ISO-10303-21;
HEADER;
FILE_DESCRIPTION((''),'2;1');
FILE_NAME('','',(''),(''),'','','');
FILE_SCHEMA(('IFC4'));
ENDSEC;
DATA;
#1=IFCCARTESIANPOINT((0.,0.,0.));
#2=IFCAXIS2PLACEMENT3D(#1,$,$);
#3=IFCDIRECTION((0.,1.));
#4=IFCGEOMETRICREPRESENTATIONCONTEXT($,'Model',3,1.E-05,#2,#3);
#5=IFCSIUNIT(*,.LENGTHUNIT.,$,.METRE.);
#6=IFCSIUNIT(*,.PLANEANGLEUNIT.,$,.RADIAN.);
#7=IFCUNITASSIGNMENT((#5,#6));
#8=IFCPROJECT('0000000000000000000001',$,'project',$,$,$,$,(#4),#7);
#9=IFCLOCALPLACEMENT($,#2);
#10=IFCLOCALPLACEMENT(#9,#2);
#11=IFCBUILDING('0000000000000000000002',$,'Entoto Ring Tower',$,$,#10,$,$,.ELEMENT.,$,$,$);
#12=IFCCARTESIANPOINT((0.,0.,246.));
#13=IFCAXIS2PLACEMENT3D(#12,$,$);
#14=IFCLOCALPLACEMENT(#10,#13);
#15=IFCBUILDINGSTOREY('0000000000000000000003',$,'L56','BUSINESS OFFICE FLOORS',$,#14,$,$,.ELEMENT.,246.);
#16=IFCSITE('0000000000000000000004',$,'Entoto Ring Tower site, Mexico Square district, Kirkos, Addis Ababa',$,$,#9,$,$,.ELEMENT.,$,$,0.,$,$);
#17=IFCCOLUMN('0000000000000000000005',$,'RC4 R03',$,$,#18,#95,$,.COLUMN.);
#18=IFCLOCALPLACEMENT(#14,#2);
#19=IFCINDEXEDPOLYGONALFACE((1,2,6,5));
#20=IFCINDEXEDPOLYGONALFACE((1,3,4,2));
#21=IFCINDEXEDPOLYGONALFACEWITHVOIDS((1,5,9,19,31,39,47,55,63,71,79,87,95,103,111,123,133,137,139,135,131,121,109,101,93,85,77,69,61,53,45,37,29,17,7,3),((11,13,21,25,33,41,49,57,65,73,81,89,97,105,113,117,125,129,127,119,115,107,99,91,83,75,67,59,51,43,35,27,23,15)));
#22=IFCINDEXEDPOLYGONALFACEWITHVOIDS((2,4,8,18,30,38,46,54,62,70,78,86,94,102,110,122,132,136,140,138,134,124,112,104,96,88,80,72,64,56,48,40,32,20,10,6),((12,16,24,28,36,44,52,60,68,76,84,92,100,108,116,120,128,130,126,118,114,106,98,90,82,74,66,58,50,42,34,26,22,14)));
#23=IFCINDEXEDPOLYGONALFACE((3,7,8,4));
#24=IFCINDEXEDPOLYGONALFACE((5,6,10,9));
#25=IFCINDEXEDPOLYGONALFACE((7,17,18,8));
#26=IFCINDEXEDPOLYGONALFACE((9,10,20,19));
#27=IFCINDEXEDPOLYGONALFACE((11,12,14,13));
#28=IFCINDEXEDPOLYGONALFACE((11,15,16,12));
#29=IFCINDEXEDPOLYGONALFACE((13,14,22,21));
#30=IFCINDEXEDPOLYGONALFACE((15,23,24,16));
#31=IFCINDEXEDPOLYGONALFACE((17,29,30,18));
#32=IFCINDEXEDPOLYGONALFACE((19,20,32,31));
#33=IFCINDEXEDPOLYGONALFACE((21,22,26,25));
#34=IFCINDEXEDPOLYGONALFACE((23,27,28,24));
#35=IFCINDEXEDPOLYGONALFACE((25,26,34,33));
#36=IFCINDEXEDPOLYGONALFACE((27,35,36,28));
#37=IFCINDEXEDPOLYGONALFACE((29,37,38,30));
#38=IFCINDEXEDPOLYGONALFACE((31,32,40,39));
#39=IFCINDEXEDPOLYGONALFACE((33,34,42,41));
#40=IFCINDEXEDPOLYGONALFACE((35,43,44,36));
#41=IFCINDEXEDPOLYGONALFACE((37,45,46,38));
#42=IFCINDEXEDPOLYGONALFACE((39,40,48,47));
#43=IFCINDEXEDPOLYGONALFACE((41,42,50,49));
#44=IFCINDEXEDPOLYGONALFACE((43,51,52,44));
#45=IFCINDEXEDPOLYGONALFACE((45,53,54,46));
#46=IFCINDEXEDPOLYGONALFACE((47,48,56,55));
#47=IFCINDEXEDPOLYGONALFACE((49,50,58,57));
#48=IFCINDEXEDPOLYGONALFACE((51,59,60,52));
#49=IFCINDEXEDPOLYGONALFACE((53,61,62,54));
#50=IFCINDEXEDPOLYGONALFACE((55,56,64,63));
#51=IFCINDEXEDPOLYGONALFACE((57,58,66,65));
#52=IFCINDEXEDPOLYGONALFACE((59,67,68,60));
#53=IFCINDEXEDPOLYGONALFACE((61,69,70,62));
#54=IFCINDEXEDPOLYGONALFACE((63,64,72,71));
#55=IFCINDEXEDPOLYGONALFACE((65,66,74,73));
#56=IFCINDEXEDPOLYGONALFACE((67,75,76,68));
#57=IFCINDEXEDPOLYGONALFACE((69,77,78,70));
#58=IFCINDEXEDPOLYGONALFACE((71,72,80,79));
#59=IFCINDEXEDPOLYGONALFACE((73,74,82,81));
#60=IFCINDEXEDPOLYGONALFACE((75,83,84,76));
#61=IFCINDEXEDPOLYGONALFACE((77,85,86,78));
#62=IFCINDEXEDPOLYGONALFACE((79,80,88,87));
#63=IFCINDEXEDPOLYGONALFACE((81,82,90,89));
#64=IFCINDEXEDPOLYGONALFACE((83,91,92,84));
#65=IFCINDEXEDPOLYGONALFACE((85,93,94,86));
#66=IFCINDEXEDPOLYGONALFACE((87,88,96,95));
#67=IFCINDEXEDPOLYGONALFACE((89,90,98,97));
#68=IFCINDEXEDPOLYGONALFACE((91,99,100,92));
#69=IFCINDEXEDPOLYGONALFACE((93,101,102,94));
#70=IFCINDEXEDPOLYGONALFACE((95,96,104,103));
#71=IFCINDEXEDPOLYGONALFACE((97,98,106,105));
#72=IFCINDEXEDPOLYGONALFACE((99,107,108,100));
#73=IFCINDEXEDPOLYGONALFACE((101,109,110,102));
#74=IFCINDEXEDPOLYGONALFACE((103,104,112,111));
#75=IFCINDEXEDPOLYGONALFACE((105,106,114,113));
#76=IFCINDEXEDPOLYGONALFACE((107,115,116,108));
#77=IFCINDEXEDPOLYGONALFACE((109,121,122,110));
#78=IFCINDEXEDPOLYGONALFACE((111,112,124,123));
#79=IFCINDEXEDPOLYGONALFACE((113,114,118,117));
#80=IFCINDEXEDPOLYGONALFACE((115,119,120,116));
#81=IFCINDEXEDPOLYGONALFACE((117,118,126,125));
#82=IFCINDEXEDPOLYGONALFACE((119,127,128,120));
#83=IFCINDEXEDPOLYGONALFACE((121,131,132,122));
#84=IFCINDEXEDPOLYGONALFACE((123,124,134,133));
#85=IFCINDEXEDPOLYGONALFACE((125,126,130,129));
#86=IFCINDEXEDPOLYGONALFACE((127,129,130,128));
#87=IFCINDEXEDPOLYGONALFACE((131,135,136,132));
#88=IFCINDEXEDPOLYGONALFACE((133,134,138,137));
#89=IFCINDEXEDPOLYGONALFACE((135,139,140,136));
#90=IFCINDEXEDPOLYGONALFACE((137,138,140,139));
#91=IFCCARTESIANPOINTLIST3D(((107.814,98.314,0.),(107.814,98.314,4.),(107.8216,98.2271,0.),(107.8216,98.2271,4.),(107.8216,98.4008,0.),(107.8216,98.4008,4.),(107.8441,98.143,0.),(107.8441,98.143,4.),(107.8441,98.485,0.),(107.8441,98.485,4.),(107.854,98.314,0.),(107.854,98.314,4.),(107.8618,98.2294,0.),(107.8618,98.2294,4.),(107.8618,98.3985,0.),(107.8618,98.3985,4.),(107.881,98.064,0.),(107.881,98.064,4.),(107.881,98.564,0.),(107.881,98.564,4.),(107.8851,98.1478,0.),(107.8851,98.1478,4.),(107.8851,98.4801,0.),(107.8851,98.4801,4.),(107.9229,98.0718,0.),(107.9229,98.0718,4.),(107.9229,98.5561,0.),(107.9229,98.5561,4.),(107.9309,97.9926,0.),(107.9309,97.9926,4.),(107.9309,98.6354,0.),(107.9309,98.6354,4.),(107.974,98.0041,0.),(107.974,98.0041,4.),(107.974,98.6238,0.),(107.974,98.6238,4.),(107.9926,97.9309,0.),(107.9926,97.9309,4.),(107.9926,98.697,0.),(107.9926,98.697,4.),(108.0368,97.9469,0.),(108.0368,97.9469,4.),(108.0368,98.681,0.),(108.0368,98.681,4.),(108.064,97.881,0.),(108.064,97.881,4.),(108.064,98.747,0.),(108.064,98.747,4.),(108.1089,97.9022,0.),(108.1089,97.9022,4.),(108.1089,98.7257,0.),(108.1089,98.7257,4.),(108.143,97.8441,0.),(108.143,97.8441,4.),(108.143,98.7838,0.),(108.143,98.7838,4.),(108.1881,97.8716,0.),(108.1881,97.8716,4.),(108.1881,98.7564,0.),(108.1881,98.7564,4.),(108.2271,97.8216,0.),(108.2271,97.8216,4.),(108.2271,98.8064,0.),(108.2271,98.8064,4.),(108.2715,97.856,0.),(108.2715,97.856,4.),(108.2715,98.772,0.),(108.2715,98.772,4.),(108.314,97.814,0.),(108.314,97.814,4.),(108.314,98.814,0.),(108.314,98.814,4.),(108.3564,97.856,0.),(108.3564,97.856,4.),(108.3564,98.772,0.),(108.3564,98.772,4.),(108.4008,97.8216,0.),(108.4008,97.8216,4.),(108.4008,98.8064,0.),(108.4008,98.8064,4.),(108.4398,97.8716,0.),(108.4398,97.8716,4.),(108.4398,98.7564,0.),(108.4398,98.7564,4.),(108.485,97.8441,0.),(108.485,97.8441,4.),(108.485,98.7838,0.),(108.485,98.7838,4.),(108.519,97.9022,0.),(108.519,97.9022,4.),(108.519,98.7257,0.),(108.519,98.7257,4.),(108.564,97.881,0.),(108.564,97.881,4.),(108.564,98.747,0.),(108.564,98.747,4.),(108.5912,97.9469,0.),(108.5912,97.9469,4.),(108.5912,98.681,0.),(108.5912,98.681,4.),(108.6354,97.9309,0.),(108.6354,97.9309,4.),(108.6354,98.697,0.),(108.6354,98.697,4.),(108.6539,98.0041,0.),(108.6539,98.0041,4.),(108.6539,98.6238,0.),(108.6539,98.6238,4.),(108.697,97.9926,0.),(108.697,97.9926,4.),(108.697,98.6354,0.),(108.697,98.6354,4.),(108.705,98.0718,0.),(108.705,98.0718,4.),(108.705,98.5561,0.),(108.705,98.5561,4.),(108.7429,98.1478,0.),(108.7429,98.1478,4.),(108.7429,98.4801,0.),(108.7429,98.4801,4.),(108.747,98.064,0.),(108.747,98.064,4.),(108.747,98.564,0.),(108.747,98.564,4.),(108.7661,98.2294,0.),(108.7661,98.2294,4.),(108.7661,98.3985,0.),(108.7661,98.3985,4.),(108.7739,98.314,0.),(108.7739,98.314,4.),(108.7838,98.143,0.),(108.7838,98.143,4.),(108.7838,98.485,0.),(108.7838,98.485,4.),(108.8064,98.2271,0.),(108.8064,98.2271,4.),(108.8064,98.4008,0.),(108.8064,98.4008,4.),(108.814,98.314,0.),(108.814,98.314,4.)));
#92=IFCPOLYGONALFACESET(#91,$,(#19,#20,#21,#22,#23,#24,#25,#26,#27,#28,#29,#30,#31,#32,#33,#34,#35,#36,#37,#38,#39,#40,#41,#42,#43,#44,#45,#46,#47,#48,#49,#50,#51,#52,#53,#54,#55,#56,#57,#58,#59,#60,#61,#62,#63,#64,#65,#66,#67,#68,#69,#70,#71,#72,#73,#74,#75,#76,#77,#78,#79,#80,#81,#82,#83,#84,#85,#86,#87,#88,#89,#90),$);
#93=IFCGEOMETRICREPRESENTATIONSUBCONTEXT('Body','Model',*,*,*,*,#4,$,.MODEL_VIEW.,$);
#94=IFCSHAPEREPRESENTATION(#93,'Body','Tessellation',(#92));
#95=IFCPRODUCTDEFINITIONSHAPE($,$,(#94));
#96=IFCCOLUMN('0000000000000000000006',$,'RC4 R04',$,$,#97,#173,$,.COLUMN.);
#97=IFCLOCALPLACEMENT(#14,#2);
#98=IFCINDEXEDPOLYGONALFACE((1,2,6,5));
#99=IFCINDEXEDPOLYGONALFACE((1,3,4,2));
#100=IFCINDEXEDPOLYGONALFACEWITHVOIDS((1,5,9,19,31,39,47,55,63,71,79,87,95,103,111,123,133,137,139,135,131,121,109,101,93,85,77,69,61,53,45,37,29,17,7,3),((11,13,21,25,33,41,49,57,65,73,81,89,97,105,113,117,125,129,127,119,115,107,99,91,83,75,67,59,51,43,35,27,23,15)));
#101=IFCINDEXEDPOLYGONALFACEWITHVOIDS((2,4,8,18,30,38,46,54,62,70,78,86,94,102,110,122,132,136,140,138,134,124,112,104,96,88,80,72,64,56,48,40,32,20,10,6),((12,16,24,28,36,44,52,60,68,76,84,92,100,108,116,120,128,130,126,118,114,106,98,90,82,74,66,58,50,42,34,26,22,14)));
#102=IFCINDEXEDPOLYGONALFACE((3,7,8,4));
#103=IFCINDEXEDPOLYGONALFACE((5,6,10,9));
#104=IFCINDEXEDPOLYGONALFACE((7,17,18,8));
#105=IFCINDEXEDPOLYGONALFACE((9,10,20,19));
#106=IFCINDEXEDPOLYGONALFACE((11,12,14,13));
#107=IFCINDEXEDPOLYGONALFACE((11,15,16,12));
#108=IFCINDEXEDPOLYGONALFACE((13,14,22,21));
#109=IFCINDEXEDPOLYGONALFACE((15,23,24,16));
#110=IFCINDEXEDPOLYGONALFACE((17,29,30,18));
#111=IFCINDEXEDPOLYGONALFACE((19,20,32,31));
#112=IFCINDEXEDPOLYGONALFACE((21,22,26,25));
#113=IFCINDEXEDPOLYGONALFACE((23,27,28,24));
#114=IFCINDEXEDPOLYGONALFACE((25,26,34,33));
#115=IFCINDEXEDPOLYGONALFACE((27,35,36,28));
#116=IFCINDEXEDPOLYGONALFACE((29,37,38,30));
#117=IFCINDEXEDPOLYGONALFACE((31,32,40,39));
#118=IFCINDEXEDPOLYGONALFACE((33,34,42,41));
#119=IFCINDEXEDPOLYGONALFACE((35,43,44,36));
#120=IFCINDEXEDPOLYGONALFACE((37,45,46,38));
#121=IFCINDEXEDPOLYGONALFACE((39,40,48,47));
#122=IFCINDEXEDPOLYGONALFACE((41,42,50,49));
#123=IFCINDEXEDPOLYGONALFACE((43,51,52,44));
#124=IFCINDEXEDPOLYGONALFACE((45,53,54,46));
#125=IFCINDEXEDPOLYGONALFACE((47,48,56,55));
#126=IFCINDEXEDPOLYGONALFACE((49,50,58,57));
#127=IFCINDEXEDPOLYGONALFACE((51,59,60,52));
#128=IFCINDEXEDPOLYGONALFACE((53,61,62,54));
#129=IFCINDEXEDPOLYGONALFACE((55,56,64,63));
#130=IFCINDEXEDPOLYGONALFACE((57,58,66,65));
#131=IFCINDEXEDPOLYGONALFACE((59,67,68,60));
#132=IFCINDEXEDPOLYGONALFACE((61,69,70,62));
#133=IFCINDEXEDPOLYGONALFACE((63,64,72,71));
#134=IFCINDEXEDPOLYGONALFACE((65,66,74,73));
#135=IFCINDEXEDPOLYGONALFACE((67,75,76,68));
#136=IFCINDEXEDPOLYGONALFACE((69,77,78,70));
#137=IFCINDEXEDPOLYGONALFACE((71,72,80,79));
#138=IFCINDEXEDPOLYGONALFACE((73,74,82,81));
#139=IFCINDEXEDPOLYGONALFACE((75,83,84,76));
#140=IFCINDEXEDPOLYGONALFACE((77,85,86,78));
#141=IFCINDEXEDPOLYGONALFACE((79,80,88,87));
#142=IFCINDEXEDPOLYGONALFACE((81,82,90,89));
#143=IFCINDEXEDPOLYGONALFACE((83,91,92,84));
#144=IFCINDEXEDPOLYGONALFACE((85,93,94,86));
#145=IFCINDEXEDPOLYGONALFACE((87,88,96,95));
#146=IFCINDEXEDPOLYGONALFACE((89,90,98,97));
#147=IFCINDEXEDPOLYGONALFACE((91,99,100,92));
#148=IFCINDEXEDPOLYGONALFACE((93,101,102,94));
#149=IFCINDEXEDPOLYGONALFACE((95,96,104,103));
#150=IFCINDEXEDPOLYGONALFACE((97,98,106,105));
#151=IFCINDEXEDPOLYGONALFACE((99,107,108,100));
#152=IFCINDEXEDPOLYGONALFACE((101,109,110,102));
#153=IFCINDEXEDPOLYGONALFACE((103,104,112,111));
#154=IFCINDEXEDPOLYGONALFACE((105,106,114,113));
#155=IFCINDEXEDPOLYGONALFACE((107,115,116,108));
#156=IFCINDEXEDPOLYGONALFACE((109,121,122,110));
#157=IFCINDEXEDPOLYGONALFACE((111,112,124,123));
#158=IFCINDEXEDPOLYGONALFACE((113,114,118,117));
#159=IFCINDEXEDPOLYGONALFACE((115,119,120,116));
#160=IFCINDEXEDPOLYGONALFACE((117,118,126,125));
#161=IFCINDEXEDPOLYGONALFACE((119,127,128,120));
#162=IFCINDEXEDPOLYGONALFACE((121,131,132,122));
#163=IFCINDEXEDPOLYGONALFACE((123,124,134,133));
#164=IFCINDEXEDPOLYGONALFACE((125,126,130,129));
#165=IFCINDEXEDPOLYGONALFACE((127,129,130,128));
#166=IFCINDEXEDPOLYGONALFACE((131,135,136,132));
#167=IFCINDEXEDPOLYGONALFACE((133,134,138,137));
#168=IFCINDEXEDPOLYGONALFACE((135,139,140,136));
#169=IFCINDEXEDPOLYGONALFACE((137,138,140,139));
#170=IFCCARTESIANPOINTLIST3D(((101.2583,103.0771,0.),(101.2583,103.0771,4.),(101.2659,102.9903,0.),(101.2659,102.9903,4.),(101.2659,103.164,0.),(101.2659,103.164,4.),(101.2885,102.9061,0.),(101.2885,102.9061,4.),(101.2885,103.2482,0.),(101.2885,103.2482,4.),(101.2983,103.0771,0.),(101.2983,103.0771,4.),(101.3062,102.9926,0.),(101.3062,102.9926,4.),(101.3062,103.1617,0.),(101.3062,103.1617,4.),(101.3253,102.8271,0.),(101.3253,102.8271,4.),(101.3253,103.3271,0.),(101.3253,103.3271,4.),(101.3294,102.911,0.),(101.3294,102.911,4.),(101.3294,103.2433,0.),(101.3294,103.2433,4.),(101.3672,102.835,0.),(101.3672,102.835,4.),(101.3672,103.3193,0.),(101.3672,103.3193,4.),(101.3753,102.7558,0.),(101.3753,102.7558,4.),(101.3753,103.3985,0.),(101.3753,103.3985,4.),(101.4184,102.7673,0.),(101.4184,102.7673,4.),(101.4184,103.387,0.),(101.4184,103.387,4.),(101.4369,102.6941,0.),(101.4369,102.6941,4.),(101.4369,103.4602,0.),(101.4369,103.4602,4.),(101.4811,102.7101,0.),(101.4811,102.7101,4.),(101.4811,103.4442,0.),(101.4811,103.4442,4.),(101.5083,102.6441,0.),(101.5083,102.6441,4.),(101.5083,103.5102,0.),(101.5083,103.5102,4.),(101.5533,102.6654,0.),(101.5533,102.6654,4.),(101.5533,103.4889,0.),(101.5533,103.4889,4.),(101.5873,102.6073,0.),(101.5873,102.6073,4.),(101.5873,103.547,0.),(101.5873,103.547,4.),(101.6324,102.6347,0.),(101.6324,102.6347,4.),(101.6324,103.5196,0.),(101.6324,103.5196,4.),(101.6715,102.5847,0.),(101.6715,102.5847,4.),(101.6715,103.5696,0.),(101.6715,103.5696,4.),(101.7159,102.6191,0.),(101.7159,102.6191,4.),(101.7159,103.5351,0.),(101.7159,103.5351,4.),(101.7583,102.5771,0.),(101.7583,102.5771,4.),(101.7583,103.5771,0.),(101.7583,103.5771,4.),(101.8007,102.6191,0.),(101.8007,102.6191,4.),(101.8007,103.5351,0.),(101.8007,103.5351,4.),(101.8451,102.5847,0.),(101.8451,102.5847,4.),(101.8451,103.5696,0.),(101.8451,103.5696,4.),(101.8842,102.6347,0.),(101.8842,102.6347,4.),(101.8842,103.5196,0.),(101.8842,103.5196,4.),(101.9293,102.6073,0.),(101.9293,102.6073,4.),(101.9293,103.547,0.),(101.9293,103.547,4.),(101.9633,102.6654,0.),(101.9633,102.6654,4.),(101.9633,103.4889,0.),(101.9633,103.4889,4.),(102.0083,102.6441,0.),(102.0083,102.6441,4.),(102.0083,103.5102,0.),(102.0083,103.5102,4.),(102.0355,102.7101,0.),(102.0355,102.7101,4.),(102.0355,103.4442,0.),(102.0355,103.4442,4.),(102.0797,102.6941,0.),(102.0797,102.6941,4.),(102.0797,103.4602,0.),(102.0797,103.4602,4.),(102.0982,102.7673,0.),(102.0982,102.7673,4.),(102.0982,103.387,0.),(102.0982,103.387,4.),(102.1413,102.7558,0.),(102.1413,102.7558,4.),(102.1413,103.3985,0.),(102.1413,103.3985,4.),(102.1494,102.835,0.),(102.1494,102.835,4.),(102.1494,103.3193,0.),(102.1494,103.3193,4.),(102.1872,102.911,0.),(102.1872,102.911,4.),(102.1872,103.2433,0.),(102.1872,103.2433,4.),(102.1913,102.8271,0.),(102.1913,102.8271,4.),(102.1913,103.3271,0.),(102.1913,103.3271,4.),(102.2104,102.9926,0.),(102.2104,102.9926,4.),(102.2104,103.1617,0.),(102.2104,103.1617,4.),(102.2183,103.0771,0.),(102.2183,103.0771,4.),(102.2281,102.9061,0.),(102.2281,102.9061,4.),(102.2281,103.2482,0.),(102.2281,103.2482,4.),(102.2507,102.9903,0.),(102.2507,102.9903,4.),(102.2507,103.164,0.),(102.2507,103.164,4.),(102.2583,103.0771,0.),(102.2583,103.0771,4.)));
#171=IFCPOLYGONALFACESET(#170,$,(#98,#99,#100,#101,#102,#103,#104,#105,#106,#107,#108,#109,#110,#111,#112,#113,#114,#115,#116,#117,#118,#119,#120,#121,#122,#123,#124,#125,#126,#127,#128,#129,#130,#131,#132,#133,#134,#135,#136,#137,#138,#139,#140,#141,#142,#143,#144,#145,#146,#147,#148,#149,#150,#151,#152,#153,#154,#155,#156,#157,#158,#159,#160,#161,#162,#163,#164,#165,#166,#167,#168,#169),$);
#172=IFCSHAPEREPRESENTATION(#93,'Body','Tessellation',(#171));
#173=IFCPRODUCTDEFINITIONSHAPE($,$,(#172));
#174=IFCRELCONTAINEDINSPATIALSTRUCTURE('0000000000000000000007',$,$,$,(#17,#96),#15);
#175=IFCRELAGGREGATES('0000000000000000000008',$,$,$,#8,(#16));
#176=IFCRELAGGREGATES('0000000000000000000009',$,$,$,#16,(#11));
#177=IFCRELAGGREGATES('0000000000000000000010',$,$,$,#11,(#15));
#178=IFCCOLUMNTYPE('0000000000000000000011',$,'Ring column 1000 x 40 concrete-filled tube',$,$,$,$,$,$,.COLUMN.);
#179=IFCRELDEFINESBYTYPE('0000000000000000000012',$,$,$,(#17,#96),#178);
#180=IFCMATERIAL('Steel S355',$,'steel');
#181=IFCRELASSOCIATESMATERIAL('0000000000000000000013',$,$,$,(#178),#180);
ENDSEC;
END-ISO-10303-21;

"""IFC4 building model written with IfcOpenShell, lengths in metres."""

from ifc_helpers import new_model, si_unit, direction, frame, origin, origin_2d, place, context, subcontext, project, spatial, circle, hollow_circle, extrude, material, material_profile, profile_set, type_object, element, save


model = new_model("IFC4")

# Units and contexts
model_context = context("Model", 3, precision=1e-05, world=origin(), true_north=direction((0.0, 1.0)))
body_context = subcontext(model_context, "Body", "Model", "MODEL_VIEW")
ifc_project = project(units=[si_unit("LENGTHUNIT", "METRE"), si_unit("PLANEANGLEUNIT", "RADIAN")], contexts=[model_context])

# Site, building, storey
site_placement = place(None, origin())
site = spatial("IfcSite", under=ifc_project, at=site_placement, Name="Entoto Ring Tower site, Mexico Square district, Kirkos, Addis Ababa", CompositionType="ELEMENT", RefElevation=0.0)
building_placement = place(site_placement, origin())
building = spatial("IfcBuilding", under=site, at=building_placement, Name="Entoto Ring Tower", CompositionType="ELEMENT")
storey_placement = place(building_placement, frame((0.0, 0.0, 246.0)))
storey = spatial("IfcBuildingStorey", under=building, at=storey_placement, Name="L56", Description="BUSINESS OFFICE FLOORS", CompositionType="ELEMENT", Elevation=246.0)

# Columns
ifc_material_1 = material(Name="Steel S355", Category="steel")
ifc_material_profile_1 = material_profile(ifc_material_1, hollow_circle(Radius=0.5, WallThickness=0.04, at=origin_2d()), Name="CHS 1000 x 40")
ifc_material_2 = material(Name="Concrete C60/75", Category="concrete")
ifc_material_profile_2 = material_profile(ifc_material_2, circle(Radius=0.46, at=origin_2d()), Name="Concrete C60/75 infill")
ifc_profile_set_1 = profile_set([ifc_material_profile_1, ifc_material_profile_2], Name="Steel S355")
column_type = type_object("IfcColumnType", Name="Ring column 1000 x 40 concrete-filled tube", PredefinedType="COLUMN", material=ifc_profile_set_1)
for number, where, z_axis, x_axis, name in (
    (1, (108.314, 98.314, 0.0), (0.0, 0.0, 1.0), (1.0, 0.0, 0.0), "RC4 R03"),
    (2, (101.7583, 103.0771, 0.0), (0.0, 0.0, 1.0), (1.0, 0.0, 0.0), "RC4 R04"),
):
    element("IfcColumn", number, at=place(storey_placement, frame(where, z_axis=z_axis, x_axis=x_axis)), inside=storey, type_object=column_type, Name=name, PredefinedType="COLUMN", context=body_context, shape_type="SweptSolid", body=[
        extrude(hollow_circle(Radius=0.5, WallThickness=0.04, at=origin_2d()), origin(), (0.0, 0.0, 1.0), 4.0),
    ])

save(model, "model.ifc")
